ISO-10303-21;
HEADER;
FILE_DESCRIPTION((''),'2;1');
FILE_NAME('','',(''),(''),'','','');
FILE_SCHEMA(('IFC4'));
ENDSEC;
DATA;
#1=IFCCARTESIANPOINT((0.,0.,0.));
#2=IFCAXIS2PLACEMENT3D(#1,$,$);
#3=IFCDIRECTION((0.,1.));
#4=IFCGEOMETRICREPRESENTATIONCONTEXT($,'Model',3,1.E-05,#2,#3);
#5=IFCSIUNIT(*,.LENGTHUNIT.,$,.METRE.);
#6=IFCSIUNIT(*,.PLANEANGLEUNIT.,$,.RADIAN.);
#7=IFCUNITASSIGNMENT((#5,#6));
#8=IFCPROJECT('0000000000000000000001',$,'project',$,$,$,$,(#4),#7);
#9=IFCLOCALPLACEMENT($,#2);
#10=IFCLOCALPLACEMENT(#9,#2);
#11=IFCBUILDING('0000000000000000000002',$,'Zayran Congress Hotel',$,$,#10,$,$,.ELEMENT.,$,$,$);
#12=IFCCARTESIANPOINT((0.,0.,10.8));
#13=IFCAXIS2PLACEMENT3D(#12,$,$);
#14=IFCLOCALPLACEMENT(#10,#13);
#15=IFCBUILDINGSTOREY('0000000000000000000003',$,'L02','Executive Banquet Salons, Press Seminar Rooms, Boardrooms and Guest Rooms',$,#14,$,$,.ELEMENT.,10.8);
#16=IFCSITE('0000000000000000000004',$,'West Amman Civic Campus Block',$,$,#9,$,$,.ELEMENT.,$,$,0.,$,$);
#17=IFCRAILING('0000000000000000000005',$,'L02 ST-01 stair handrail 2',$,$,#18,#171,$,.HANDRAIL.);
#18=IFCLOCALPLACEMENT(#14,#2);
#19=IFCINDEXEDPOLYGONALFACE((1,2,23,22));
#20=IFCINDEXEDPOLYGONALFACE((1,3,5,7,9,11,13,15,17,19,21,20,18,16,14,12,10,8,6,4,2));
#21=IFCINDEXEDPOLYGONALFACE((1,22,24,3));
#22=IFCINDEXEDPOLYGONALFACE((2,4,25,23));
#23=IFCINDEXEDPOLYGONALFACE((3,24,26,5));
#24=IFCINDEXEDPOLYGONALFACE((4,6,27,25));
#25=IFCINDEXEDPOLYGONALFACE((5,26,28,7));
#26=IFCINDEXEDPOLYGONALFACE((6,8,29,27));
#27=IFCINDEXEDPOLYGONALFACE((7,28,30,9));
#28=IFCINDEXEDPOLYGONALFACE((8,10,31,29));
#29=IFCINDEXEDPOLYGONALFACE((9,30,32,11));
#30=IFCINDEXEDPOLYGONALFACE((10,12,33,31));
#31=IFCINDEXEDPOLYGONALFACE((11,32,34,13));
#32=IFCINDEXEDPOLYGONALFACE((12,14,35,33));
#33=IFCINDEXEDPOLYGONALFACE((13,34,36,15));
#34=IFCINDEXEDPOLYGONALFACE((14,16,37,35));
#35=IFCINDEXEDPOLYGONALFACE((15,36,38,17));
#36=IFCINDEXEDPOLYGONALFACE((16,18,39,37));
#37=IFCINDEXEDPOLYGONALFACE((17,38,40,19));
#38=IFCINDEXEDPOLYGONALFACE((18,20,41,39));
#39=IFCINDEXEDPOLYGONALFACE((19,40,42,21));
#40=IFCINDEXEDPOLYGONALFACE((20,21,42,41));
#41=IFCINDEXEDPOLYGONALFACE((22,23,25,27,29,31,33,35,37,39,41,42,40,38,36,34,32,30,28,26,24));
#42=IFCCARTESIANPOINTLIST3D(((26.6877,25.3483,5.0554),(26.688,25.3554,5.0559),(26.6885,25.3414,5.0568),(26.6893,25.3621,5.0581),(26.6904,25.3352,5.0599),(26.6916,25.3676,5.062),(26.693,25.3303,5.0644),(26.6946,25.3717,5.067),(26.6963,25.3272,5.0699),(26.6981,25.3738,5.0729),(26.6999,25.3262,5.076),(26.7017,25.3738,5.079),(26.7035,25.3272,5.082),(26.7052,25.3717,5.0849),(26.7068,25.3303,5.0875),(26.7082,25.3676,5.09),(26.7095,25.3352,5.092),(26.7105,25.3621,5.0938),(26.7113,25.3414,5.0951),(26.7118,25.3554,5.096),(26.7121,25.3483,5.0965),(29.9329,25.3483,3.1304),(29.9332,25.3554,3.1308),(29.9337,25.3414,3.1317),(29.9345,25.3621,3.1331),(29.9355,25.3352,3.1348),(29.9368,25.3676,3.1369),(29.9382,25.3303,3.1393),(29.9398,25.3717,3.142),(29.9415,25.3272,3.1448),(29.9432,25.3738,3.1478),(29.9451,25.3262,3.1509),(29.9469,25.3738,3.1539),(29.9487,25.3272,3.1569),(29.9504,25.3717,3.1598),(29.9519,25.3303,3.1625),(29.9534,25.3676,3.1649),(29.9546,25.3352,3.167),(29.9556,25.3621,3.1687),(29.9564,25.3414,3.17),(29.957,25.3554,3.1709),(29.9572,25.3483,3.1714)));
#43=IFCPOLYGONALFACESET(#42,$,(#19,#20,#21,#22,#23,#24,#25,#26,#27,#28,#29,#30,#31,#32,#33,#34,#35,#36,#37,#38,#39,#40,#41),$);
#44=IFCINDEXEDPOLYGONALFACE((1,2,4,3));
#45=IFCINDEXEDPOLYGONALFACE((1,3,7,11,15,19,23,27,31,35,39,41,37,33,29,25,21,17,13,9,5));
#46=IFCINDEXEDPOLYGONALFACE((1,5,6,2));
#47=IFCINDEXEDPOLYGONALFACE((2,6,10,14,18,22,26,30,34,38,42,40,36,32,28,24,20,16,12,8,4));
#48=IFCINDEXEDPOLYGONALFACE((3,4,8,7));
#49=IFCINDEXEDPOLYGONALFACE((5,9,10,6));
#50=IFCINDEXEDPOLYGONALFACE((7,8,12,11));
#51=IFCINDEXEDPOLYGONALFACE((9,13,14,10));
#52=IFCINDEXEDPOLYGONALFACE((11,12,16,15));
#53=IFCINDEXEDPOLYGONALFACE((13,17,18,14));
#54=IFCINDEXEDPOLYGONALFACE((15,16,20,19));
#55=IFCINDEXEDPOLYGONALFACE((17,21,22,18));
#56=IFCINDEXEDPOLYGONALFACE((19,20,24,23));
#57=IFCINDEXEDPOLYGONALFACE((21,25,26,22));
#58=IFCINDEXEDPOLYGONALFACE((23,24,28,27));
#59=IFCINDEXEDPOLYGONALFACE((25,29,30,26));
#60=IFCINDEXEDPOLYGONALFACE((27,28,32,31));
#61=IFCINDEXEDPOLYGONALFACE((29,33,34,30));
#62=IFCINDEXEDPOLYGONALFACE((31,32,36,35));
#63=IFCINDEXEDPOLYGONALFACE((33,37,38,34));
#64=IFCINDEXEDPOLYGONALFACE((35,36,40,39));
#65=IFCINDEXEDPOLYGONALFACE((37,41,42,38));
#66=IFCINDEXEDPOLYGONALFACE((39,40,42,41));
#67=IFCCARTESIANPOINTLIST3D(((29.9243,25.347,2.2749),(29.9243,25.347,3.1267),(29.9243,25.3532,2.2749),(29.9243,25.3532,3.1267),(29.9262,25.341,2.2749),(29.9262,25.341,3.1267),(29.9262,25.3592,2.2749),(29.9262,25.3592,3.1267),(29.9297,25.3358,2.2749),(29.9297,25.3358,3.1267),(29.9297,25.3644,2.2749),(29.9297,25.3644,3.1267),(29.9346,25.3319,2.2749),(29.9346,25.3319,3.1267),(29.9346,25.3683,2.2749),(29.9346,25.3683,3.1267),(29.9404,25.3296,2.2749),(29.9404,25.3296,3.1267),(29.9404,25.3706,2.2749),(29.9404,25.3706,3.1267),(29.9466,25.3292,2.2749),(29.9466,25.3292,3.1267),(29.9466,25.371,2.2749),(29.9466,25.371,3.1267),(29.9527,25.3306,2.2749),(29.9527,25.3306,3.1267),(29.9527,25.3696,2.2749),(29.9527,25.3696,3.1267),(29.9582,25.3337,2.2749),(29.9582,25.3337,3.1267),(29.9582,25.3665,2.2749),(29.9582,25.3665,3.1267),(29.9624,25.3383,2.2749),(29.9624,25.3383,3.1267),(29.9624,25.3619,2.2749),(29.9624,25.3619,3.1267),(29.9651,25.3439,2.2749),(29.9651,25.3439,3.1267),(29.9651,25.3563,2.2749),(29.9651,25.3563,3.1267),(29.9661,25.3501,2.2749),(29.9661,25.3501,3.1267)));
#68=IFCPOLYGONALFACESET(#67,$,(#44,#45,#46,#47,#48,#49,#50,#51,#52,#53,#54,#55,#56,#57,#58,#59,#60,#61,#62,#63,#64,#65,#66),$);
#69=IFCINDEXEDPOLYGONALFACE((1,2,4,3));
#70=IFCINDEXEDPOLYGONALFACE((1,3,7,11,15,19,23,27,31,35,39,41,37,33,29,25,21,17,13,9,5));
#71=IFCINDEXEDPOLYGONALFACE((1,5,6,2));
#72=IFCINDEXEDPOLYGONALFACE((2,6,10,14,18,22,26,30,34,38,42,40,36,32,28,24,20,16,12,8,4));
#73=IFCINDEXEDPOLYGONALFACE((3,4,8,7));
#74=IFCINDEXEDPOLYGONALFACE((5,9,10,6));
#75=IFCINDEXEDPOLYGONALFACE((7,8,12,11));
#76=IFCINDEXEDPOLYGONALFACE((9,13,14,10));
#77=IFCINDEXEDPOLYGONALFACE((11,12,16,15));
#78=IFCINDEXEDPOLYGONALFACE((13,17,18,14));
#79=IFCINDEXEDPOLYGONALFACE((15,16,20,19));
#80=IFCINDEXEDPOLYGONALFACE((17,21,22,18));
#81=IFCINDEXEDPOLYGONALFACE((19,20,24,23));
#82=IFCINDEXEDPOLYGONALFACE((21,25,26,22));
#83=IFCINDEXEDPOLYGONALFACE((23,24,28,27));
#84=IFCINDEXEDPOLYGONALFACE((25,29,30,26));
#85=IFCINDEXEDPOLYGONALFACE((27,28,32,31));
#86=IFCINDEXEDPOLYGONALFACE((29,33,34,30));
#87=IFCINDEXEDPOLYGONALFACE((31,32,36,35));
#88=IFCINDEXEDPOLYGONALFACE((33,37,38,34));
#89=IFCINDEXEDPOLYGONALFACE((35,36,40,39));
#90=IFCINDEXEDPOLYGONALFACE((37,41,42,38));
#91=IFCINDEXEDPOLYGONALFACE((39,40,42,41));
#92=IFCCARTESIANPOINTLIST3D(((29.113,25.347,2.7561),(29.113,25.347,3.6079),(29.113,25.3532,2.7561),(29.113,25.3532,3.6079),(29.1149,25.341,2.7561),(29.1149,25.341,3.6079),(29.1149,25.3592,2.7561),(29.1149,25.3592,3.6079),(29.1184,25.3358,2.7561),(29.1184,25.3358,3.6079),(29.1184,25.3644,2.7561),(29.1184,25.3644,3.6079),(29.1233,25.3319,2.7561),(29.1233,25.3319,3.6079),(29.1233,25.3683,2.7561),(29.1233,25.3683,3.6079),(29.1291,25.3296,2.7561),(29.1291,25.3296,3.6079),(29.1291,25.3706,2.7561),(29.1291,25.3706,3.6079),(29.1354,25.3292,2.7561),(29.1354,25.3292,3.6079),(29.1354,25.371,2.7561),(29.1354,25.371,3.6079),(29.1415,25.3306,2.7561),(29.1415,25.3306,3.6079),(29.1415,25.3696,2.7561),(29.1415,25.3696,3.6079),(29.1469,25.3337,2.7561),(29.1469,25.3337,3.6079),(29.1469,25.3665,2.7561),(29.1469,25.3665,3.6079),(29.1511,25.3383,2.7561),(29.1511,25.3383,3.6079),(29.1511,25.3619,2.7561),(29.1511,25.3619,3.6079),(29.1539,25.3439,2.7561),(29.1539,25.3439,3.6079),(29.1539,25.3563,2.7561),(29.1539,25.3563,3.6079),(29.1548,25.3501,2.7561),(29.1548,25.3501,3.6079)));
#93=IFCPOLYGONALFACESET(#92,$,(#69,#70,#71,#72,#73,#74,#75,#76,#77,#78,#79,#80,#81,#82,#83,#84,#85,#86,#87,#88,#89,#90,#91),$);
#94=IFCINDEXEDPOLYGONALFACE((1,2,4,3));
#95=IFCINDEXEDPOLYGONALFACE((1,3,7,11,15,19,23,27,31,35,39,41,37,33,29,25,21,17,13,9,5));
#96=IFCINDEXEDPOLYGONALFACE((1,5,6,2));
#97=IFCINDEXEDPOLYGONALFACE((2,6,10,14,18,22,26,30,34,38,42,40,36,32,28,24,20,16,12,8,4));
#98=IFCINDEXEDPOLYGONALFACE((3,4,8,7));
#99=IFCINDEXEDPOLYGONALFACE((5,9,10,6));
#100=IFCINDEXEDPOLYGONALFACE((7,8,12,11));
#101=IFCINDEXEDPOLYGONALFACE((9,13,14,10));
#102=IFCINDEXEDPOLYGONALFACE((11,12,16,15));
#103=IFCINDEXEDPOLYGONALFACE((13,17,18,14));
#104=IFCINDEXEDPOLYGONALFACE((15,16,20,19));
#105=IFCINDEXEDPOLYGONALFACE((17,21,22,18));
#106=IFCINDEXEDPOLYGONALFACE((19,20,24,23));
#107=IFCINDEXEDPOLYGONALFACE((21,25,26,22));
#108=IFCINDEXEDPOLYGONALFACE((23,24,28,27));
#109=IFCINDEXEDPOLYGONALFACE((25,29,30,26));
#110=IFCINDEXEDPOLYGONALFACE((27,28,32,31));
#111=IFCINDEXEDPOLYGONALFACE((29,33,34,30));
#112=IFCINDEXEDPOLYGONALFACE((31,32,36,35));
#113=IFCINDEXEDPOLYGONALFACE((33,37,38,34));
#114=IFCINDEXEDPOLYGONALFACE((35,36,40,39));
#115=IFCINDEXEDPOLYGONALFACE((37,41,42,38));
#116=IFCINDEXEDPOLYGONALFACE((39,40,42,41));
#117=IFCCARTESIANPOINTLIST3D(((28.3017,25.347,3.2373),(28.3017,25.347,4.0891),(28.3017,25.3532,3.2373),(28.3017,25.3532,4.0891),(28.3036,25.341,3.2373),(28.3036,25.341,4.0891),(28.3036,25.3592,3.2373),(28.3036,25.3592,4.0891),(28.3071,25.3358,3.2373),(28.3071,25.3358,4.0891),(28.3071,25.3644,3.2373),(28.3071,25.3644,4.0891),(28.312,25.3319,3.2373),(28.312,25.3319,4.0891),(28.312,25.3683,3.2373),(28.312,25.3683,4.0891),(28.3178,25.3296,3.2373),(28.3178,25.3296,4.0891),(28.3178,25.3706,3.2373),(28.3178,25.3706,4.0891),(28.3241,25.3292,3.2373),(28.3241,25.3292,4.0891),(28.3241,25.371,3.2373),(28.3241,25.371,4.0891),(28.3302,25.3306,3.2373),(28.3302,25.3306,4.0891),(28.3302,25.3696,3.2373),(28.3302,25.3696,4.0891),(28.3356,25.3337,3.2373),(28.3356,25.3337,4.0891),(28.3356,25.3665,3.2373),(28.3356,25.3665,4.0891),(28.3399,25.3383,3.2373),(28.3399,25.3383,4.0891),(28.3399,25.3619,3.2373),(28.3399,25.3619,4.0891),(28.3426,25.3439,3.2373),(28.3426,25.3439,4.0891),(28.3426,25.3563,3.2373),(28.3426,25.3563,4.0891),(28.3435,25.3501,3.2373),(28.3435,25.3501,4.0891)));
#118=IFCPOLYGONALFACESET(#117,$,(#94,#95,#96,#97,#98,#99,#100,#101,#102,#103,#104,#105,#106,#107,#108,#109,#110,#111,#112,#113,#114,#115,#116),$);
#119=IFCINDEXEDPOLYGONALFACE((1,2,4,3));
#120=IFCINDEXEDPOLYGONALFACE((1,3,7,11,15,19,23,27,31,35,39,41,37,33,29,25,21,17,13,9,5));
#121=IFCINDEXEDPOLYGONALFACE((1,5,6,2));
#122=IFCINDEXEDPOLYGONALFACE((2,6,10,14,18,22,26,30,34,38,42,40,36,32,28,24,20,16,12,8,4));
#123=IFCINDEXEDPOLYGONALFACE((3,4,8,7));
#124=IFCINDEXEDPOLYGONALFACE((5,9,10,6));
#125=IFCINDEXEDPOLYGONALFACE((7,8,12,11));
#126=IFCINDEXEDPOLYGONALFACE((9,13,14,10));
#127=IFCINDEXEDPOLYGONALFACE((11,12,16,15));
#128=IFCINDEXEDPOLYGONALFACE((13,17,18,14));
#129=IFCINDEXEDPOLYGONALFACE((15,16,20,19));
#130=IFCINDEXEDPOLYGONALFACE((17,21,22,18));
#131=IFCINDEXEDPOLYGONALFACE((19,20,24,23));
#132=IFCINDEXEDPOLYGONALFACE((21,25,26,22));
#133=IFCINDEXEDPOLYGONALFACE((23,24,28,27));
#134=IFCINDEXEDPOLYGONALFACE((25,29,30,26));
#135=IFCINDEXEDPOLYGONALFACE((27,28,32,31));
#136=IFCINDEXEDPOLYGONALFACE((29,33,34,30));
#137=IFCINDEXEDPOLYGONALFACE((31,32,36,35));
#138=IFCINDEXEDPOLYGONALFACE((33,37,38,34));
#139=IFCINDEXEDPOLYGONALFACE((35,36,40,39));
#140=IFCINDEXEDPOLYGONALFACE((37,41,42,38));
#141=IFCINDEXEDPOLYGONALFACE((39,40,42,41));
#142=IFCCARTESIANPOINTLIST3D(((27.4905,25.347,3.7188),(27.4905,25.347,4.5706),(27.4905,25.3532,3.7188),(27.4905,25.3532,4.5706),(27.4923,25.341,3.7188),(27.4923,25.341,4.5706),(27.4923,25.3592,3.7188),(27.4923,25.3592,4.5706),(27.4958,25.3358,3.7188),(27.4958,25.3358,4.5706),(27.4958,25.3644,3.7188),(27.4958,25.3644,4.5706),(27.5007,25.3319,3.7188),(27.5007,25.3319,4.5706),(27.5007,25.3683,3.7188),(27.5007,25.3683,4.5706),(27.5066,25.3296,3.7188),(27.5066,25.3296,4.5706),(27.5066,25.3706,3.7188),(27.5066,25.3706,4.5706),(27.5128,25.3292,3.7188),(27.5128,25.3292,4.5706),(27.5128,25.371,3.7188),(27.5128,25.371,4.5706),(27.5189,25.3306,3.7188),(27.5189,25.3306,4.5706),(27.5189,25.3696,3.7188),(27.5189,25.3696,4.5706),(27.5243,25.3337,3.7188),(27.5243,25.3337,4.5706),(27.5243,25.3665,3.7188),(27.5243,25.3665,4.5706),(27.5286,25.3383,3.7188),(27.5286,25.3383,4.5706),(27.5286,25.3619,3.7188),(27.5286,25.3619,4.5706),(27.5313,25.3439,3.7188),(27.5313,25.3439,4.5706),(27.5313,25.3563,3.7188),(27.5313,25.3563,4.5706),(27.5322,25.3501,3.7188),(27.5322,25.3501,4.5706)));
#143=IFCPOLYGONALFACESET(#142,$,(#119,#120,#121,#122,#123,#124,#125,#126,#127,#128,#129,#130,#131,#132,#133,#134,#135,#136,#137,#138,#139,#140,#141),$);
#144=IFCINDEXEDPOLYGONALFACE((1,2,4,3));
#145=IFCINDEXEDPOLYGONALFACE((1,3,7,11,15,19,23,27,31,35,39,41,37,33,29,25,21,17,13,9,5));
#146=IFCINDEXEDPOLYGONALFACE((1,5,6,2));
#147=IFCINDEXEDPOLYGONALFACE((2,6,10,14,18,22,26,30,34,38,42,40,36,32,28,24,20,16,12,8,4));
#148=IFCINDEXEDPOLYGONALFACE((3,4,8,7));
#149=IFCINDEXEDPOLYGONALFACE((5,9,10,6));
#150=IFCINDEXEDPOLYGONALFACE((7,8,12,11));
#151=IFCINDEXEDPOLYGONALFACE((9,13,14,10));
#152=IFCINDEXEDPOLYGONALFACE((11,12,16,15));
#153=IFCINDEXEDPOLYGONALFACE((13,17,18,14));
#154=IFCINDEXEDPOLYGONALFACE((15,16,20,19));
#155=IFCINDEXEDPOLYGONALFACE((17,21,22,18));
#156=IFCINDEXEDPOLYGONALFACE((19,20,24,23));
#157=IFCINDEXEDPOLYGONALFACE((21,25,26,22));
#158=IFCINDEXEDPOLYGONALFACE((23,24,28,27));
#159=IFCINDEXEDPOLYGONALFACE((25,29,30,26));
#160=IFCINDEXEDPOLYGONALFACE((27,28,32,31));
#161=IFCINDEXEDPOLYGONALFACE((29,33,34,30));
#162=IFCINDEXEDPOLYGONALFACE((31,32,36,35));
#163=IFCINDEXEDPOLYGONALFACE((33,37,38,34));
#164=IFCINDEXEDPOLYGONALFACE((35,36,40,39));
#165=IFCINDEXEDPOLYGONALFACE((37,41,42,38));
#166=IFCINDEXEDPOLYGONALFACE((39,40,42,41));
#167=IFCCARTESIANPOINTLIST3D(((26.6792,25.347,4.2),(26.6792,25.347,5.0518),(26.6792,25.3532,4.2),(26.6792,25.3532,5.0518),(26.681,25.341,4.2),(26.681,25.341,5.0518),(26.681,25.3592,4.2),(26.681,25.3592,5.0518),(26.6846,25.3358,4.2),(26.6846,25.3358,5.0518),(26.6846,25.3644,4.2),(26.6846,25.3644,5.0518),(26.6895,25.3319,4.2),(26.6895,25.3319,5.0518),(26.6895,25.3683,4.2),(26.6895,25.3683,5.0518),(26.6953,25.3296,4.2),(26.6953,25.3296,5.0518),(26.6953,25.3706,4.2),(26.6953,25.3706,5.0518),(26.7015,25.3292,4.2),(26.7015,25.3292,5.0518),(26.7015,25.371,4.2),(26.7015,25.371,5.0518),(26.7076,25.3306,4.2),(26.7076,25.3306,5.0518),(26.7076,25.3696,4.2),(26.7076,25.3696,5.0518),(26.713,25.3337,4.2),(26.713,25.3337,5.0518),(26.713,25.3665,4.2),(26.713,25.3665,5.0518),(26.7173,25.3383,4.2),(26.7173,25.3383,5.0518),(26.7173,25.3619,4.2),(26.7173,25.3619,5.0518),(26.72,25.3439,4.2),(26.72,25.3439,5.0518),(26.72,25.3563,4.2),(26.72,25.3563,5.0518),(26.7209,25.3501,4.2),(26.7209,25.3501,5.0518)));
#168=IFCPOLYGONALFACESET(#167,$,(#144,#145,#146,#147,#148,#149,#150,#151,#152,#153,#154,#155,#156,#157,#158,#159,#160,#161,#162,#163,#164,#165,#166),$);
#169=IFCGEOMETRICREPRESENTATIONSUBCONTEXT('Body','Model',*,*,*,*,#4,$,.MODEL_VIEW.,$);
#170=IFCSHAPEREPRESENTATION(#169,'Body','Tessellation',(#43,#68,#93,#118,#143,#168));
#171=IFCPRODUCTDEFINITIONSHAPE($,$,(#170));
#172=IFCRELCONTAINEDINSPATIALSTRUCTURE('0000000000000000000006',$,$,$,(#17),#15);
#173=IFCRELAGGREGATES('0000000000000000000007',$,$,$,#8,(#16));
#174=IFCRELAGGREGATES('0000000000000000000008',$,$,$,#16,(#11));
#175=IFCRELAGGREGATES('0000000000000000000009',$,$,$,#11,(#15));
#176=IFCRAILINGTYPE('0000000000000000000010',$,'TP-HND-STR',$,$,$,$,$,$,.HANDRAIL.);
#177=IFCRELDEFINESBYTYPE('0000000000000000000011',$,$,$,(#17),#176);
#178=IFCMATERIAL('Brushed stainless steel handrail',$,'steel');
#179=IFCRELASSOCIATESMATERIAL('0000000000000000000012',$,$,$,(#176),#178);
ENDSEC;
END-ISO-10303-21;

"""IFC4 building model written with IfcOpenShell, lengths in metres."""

from ifc_helpers import new_model, si_unit, direction, frame, origin, origin_2d, place, context, subcontext, project, spatial, circle, extrude, material, type_object, element, save


model = new_model("IFC4")

# Units and contexts
model_context = context("Model", 3, precision=1e-05, world=origin(), true_north=direction((0.0, 1.0)))
body_context = subcontext(model_context, "Body", "Model", "MODEL_VIEW")
ifc_project = project(units=[si_unit("LENGTHUNIT", "METRE"), si_unit("PLANEANGLEUNIT", "RADIAN")], contexts=[model_context])

# Site, building, storey
site_placement = place(None, origin())
site = spatial("IfcSite", under=ifc_project, at=site_placement, Name="West Amman Civic Campus Block", CompositionType="ELEMENT", RefElevation=0.0)
building_placement = place(site_placement, origin())
building = spatial("IfcBuilding", under=site, at=building_placement, Name="Zayran Congress Hotel", CompositionType="ELEMENT")
storey_placement = place(building_placement, frame((0.0, 0.0, 10.8)))
storey = spatial("IfcBuildingStorey", under=building, at=storey_placement, Name="L02", Description="Executive Banquet Salons, Press Seminar Rooms, Boardrooms and Guest Rooms", CompositionType="ELEMENT", Elevation=10.8)

# Railing
ifc_material_1 = material(Name="Brushed stainless steel handrail", Category="steel")
railing_type_1 = type_object("IfcRailingType", Name="TP-HND-STR", PredefinedType="HANDRAIL", material=ifc_material_1)
railing_1_placement = place(storey_placement, frame((29.9451, 25.3501, 2.2749)))
element("IfcRailing", 1, at=railing_1_placement, inside=storey, type_object=railing_type_1, Name="L02 ST-01 stair handrail 2", PredefinedType="HANDRAIL", context=body_context, shape_type="SweptSolid", body=[
    extrude(circle(Radius=0.0239, at=origin_2d()), frame((0.0, 0.0, 0.876), z_axis=(-0.860057, 0.0, 0.510198), x_axis=(0.0, -1.0, 0.0)), (0.0, 0.0, 1.0), 3.7732),
    extrude(circle(Radius=0.021, at=origin_2d()), origin(), (0.0, 0.0, 1.0), 0.8518),
    extrude(circle(Radius=0.021, at=origin_2d()), frame((-0.8113, 0.0, 0.4812)), (0.0, 0.0, 1.0), 0.8518),
    extrude(circle(Radius=0.021, at=origin_2d()), frame((-1.6226, 0.0, 0.9624)), (0.0, 0.0, 1.0), 0.8518),
    extrude(circle(Radius=0.021, at=origin_2d()), frame((-2.4338, 0.0, 1.4438)), (0.0, 0.0, 1.0), 0.8518),
    extrude(circle(Radius=0.021, at=origin_2d()), frame((-3.2451, 0.0, 1.925)), (0.0, 0.0, 1.0), 0.8518),
])

save(model, "model.ifc")
